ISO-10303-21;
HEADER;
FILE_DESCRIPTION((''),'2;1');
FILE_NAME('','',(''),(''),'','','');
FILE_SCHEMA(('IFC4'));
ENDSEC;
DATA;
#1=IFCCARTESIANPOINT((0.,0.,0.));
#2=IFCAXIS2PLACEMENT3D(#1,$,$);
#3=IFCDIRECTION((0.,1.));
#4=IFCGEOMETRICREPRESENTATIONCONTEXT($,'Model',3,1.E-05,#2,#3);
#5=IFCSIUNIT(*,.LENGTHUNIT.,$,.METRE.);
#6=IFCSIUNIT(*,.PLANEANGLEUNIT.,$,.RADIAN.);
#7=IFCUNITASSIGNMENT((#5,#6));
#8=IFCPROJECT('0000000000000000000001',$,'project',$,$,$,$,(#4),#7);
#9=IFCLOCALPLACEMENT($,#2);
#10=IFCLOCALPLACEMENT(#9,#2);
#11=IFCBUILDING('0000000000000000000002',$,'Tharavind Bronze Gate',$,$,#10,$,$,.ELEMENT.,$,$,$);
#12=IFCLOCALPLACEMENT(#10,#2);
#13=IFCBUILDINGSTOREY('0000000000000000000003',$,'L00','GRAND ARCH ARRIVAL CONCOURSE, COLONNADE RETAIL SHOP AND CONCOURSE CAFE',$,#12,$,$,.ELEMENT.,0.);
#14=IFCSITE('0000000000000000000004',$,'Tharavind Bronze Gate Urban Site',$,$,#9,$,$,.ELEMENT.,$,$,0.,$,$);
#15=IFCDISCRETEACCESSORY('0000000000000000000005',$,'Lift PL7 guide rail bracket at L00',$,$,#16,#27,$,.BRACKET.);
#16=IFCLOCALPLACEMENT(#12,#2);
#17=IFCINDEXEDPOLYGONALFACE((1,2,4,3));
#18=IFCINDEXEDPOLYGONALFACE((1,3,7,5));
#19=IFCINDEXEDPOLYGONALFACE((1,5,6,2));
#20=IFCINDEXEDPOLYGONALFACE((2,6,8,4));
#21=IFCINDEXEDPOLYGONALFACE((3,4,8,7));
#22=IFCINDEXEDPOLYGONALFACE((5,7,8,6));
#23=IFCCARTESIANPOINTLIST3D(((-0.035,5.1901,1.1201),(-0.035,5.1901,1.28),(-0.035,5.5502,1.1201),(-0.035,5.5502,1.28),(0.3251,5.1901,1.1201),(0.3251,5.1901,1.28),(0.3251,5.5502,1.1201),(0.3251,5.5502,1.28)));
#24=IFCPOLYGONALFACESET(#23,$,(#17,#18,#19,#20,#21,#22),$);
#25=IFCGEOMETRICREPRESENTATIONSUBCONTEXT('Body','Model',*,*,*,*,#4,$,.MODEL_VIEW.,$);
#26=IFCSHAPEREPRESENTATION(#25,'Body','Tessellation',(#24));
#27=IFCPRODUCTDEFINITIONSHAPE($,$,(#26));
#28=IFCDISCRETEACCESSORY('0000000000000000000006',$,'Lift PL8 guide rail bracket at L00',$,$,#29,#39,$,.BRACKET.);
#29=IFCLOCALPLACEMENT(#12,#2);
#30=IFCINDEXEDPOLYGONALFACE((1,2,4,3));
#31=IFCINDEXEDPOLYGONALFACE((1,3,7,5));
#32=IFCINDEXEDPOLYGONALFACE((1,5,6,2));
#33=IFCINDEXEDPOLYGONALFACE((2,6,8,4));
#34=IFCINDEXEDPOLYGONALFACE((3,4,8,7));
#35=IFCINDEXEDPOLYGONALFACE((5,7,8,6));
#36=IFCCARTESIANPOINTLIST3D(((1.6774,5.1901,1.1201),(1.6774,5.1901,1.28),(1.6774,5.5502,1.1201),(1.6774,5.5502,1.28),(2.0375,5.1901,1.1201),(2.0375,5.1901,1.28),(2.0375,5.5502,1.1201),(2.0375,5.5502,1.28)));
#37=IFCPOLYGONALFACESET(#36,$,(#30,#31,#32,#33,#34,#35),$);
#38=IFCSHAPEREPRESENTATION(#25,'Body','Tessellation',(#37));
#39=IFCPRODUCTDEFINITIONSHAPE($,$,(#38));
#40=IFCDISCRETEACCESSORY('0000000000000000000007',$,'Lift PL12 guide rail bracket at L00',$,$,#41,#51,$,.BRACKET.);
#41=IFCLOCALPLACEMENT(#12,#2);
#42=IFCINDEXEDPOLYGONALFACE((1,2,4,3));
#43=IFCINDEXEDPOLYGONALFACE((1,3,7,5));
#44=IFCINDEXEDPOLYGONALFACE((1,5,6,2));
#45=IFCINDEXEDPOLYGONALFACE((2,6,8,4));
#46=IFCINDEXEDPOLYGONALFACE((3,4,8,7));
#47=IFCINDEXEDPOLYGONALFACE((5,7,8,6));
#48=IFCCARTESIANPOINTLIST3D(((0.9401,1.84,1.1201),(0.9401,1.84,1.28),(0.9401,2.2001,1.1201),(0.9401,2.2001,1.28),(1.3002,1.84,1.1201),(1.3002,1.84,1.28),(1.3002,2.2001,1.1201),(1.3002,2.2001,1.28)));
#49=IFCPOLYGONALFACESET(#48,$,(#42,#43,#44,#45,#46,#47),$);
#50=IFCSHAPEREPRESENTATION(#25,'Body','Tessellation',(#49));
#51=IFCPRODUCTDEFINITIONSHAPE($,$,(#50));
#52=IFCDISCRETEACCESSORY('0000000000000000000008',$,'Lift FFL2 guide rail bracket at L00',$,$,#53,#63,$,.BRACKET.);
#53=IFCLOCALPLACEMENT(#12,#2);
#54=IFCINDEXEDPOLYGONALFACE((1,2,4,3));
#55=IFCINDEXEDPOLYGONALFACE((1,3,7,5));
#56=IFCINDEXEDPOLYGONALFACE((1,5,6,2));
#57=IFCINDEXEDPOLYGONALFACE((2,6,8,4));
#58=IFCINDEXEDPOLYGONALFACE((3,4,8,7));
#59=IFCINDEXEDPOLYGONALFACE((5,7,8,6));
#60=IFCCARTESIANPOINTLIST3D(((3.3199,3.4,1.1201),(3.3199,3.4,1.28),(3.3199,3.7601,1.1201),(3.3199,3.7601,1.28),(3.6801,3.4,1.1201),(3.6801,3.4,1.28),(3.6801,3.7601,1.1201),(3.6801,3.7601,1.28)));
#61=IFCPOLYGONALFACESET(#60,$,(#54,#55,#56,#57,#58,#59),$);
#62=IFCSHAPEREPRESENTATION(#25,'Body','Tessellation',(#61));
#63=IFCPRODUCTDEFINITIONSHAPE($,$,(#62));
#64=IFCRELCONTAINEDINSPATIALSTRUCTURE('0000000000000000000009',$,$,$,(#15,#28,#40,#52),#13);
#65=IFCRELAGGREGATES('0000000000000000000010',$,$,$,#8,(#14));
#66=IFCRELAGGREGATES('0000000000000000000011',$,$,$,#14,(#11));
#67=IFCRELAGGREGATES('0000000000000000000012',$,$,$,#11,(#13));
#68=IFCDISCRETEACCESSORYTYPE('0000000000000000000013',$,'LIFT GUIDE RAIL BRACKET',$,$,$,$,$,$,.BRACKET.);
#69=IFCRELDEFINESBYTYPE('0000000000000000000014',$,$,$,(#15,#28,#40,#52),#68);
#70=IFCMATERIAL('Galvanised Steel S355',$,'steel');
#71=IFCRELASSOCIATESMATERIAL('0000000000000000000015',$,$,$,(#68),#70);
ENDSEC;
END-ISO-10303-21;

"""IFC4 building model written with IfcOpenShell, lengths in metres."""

from ifc_helpers import new_model, si_unit, direction, frame, origin, origin_2d, place, context, subcontext, project, spatial, rectangle, extrude, material, type_object, element, save


model = new_model("IFC4")

# Units and contexts
model_context = context("Model", 3, precision=1e-05, world=origin(), true_north=direction((0.0, 1.0)))
body_context = subcontext(model_context, "Body", "Model", "MODEL_VIEW")
ifc_project = project(units=[si_unit("LENGTHUNIT", "METRE"), si_unit("PLANEANGLEUNIT", "RADIAN")], contexts=[model_context])

# Site, building, storey
site_placement = place(None, origin())
site = spatial("IfcSite", under=ifc_project, at=site_placement, Name="Tharavind Bronze Gate Urban Site", CompositionType="ELEMENT", RefElevation=0.0)
building_placement = place(site_placement, origin())
building = spatial("IfcBuilding", under=site, at=building_placement, Name="Tharavind Bronze Gate", CompositionType="ELEMENT")
storey_placement = place(building_placement, origin())
storey = spatial("IfcBuildingStorey", under=building, at=storey_placement, Name="L00", Description="GRAND ARCH ARRIVAL CONCOURSE, COLONNADE RETAIL SHOP AND CONCOURSE CAFE", CompositionType="ELEMENT", Elevation=0.0)

# Discrete accessories
ifc_material_1 = material(Name="Galvanised Steel S355", Category="steel")
discrete_accessory_type = type_object("IfcDiscreteAccessoryType", Name="LIFT GUIDE RAIL BRACKET", PredefinedType="BRACKET", material=ifc_material_1)
for number, where, z_axis, x_axis, name in (
    (1, (0.145, 5.3701, 1.1201), (0.0, 0.0, 1.0), (1.0, 0.0, 0.0), "Lift PL7 guide rail bracket at L00"),
    (2, (1.8574, 5.3701, 1.1201), (0.0, 0.0, 1.0), (1.0, 0.0, 0.0), "Lift PL8 guide rail bracket at L00"),
    (3, (1.1201, 2.02, 1.1201), (0.0, 0.0, 1.0), (1.0, 0.0, 0.0), "Lift PL12 guide rail bracket at L00"),
    (4, (3.5, 3.5801, 1.1201), (0.0, 0.0, 1.0), (1.0, 0.0, 0.0), "Lift FFL2 guide rail bracket at L00"),
):
    element("IfcDiscreteAccessory", number, at=place(storey_placement, frame(where, z_axis=z_axis, x_axis=x_axis)), inside=storey, type_object=discrete_accessory_type, Name=name, PredefinedType="BRACKET", context=body_context, shape_type="SweptSolid", body=[
        extrude(rectangle(XDim=0.3601, YDim=0.3601, at=origin_2d()), origin(), (0.0, 0.0, 1.0), 0.1599),
    ])

save(model, "model.ifc")
